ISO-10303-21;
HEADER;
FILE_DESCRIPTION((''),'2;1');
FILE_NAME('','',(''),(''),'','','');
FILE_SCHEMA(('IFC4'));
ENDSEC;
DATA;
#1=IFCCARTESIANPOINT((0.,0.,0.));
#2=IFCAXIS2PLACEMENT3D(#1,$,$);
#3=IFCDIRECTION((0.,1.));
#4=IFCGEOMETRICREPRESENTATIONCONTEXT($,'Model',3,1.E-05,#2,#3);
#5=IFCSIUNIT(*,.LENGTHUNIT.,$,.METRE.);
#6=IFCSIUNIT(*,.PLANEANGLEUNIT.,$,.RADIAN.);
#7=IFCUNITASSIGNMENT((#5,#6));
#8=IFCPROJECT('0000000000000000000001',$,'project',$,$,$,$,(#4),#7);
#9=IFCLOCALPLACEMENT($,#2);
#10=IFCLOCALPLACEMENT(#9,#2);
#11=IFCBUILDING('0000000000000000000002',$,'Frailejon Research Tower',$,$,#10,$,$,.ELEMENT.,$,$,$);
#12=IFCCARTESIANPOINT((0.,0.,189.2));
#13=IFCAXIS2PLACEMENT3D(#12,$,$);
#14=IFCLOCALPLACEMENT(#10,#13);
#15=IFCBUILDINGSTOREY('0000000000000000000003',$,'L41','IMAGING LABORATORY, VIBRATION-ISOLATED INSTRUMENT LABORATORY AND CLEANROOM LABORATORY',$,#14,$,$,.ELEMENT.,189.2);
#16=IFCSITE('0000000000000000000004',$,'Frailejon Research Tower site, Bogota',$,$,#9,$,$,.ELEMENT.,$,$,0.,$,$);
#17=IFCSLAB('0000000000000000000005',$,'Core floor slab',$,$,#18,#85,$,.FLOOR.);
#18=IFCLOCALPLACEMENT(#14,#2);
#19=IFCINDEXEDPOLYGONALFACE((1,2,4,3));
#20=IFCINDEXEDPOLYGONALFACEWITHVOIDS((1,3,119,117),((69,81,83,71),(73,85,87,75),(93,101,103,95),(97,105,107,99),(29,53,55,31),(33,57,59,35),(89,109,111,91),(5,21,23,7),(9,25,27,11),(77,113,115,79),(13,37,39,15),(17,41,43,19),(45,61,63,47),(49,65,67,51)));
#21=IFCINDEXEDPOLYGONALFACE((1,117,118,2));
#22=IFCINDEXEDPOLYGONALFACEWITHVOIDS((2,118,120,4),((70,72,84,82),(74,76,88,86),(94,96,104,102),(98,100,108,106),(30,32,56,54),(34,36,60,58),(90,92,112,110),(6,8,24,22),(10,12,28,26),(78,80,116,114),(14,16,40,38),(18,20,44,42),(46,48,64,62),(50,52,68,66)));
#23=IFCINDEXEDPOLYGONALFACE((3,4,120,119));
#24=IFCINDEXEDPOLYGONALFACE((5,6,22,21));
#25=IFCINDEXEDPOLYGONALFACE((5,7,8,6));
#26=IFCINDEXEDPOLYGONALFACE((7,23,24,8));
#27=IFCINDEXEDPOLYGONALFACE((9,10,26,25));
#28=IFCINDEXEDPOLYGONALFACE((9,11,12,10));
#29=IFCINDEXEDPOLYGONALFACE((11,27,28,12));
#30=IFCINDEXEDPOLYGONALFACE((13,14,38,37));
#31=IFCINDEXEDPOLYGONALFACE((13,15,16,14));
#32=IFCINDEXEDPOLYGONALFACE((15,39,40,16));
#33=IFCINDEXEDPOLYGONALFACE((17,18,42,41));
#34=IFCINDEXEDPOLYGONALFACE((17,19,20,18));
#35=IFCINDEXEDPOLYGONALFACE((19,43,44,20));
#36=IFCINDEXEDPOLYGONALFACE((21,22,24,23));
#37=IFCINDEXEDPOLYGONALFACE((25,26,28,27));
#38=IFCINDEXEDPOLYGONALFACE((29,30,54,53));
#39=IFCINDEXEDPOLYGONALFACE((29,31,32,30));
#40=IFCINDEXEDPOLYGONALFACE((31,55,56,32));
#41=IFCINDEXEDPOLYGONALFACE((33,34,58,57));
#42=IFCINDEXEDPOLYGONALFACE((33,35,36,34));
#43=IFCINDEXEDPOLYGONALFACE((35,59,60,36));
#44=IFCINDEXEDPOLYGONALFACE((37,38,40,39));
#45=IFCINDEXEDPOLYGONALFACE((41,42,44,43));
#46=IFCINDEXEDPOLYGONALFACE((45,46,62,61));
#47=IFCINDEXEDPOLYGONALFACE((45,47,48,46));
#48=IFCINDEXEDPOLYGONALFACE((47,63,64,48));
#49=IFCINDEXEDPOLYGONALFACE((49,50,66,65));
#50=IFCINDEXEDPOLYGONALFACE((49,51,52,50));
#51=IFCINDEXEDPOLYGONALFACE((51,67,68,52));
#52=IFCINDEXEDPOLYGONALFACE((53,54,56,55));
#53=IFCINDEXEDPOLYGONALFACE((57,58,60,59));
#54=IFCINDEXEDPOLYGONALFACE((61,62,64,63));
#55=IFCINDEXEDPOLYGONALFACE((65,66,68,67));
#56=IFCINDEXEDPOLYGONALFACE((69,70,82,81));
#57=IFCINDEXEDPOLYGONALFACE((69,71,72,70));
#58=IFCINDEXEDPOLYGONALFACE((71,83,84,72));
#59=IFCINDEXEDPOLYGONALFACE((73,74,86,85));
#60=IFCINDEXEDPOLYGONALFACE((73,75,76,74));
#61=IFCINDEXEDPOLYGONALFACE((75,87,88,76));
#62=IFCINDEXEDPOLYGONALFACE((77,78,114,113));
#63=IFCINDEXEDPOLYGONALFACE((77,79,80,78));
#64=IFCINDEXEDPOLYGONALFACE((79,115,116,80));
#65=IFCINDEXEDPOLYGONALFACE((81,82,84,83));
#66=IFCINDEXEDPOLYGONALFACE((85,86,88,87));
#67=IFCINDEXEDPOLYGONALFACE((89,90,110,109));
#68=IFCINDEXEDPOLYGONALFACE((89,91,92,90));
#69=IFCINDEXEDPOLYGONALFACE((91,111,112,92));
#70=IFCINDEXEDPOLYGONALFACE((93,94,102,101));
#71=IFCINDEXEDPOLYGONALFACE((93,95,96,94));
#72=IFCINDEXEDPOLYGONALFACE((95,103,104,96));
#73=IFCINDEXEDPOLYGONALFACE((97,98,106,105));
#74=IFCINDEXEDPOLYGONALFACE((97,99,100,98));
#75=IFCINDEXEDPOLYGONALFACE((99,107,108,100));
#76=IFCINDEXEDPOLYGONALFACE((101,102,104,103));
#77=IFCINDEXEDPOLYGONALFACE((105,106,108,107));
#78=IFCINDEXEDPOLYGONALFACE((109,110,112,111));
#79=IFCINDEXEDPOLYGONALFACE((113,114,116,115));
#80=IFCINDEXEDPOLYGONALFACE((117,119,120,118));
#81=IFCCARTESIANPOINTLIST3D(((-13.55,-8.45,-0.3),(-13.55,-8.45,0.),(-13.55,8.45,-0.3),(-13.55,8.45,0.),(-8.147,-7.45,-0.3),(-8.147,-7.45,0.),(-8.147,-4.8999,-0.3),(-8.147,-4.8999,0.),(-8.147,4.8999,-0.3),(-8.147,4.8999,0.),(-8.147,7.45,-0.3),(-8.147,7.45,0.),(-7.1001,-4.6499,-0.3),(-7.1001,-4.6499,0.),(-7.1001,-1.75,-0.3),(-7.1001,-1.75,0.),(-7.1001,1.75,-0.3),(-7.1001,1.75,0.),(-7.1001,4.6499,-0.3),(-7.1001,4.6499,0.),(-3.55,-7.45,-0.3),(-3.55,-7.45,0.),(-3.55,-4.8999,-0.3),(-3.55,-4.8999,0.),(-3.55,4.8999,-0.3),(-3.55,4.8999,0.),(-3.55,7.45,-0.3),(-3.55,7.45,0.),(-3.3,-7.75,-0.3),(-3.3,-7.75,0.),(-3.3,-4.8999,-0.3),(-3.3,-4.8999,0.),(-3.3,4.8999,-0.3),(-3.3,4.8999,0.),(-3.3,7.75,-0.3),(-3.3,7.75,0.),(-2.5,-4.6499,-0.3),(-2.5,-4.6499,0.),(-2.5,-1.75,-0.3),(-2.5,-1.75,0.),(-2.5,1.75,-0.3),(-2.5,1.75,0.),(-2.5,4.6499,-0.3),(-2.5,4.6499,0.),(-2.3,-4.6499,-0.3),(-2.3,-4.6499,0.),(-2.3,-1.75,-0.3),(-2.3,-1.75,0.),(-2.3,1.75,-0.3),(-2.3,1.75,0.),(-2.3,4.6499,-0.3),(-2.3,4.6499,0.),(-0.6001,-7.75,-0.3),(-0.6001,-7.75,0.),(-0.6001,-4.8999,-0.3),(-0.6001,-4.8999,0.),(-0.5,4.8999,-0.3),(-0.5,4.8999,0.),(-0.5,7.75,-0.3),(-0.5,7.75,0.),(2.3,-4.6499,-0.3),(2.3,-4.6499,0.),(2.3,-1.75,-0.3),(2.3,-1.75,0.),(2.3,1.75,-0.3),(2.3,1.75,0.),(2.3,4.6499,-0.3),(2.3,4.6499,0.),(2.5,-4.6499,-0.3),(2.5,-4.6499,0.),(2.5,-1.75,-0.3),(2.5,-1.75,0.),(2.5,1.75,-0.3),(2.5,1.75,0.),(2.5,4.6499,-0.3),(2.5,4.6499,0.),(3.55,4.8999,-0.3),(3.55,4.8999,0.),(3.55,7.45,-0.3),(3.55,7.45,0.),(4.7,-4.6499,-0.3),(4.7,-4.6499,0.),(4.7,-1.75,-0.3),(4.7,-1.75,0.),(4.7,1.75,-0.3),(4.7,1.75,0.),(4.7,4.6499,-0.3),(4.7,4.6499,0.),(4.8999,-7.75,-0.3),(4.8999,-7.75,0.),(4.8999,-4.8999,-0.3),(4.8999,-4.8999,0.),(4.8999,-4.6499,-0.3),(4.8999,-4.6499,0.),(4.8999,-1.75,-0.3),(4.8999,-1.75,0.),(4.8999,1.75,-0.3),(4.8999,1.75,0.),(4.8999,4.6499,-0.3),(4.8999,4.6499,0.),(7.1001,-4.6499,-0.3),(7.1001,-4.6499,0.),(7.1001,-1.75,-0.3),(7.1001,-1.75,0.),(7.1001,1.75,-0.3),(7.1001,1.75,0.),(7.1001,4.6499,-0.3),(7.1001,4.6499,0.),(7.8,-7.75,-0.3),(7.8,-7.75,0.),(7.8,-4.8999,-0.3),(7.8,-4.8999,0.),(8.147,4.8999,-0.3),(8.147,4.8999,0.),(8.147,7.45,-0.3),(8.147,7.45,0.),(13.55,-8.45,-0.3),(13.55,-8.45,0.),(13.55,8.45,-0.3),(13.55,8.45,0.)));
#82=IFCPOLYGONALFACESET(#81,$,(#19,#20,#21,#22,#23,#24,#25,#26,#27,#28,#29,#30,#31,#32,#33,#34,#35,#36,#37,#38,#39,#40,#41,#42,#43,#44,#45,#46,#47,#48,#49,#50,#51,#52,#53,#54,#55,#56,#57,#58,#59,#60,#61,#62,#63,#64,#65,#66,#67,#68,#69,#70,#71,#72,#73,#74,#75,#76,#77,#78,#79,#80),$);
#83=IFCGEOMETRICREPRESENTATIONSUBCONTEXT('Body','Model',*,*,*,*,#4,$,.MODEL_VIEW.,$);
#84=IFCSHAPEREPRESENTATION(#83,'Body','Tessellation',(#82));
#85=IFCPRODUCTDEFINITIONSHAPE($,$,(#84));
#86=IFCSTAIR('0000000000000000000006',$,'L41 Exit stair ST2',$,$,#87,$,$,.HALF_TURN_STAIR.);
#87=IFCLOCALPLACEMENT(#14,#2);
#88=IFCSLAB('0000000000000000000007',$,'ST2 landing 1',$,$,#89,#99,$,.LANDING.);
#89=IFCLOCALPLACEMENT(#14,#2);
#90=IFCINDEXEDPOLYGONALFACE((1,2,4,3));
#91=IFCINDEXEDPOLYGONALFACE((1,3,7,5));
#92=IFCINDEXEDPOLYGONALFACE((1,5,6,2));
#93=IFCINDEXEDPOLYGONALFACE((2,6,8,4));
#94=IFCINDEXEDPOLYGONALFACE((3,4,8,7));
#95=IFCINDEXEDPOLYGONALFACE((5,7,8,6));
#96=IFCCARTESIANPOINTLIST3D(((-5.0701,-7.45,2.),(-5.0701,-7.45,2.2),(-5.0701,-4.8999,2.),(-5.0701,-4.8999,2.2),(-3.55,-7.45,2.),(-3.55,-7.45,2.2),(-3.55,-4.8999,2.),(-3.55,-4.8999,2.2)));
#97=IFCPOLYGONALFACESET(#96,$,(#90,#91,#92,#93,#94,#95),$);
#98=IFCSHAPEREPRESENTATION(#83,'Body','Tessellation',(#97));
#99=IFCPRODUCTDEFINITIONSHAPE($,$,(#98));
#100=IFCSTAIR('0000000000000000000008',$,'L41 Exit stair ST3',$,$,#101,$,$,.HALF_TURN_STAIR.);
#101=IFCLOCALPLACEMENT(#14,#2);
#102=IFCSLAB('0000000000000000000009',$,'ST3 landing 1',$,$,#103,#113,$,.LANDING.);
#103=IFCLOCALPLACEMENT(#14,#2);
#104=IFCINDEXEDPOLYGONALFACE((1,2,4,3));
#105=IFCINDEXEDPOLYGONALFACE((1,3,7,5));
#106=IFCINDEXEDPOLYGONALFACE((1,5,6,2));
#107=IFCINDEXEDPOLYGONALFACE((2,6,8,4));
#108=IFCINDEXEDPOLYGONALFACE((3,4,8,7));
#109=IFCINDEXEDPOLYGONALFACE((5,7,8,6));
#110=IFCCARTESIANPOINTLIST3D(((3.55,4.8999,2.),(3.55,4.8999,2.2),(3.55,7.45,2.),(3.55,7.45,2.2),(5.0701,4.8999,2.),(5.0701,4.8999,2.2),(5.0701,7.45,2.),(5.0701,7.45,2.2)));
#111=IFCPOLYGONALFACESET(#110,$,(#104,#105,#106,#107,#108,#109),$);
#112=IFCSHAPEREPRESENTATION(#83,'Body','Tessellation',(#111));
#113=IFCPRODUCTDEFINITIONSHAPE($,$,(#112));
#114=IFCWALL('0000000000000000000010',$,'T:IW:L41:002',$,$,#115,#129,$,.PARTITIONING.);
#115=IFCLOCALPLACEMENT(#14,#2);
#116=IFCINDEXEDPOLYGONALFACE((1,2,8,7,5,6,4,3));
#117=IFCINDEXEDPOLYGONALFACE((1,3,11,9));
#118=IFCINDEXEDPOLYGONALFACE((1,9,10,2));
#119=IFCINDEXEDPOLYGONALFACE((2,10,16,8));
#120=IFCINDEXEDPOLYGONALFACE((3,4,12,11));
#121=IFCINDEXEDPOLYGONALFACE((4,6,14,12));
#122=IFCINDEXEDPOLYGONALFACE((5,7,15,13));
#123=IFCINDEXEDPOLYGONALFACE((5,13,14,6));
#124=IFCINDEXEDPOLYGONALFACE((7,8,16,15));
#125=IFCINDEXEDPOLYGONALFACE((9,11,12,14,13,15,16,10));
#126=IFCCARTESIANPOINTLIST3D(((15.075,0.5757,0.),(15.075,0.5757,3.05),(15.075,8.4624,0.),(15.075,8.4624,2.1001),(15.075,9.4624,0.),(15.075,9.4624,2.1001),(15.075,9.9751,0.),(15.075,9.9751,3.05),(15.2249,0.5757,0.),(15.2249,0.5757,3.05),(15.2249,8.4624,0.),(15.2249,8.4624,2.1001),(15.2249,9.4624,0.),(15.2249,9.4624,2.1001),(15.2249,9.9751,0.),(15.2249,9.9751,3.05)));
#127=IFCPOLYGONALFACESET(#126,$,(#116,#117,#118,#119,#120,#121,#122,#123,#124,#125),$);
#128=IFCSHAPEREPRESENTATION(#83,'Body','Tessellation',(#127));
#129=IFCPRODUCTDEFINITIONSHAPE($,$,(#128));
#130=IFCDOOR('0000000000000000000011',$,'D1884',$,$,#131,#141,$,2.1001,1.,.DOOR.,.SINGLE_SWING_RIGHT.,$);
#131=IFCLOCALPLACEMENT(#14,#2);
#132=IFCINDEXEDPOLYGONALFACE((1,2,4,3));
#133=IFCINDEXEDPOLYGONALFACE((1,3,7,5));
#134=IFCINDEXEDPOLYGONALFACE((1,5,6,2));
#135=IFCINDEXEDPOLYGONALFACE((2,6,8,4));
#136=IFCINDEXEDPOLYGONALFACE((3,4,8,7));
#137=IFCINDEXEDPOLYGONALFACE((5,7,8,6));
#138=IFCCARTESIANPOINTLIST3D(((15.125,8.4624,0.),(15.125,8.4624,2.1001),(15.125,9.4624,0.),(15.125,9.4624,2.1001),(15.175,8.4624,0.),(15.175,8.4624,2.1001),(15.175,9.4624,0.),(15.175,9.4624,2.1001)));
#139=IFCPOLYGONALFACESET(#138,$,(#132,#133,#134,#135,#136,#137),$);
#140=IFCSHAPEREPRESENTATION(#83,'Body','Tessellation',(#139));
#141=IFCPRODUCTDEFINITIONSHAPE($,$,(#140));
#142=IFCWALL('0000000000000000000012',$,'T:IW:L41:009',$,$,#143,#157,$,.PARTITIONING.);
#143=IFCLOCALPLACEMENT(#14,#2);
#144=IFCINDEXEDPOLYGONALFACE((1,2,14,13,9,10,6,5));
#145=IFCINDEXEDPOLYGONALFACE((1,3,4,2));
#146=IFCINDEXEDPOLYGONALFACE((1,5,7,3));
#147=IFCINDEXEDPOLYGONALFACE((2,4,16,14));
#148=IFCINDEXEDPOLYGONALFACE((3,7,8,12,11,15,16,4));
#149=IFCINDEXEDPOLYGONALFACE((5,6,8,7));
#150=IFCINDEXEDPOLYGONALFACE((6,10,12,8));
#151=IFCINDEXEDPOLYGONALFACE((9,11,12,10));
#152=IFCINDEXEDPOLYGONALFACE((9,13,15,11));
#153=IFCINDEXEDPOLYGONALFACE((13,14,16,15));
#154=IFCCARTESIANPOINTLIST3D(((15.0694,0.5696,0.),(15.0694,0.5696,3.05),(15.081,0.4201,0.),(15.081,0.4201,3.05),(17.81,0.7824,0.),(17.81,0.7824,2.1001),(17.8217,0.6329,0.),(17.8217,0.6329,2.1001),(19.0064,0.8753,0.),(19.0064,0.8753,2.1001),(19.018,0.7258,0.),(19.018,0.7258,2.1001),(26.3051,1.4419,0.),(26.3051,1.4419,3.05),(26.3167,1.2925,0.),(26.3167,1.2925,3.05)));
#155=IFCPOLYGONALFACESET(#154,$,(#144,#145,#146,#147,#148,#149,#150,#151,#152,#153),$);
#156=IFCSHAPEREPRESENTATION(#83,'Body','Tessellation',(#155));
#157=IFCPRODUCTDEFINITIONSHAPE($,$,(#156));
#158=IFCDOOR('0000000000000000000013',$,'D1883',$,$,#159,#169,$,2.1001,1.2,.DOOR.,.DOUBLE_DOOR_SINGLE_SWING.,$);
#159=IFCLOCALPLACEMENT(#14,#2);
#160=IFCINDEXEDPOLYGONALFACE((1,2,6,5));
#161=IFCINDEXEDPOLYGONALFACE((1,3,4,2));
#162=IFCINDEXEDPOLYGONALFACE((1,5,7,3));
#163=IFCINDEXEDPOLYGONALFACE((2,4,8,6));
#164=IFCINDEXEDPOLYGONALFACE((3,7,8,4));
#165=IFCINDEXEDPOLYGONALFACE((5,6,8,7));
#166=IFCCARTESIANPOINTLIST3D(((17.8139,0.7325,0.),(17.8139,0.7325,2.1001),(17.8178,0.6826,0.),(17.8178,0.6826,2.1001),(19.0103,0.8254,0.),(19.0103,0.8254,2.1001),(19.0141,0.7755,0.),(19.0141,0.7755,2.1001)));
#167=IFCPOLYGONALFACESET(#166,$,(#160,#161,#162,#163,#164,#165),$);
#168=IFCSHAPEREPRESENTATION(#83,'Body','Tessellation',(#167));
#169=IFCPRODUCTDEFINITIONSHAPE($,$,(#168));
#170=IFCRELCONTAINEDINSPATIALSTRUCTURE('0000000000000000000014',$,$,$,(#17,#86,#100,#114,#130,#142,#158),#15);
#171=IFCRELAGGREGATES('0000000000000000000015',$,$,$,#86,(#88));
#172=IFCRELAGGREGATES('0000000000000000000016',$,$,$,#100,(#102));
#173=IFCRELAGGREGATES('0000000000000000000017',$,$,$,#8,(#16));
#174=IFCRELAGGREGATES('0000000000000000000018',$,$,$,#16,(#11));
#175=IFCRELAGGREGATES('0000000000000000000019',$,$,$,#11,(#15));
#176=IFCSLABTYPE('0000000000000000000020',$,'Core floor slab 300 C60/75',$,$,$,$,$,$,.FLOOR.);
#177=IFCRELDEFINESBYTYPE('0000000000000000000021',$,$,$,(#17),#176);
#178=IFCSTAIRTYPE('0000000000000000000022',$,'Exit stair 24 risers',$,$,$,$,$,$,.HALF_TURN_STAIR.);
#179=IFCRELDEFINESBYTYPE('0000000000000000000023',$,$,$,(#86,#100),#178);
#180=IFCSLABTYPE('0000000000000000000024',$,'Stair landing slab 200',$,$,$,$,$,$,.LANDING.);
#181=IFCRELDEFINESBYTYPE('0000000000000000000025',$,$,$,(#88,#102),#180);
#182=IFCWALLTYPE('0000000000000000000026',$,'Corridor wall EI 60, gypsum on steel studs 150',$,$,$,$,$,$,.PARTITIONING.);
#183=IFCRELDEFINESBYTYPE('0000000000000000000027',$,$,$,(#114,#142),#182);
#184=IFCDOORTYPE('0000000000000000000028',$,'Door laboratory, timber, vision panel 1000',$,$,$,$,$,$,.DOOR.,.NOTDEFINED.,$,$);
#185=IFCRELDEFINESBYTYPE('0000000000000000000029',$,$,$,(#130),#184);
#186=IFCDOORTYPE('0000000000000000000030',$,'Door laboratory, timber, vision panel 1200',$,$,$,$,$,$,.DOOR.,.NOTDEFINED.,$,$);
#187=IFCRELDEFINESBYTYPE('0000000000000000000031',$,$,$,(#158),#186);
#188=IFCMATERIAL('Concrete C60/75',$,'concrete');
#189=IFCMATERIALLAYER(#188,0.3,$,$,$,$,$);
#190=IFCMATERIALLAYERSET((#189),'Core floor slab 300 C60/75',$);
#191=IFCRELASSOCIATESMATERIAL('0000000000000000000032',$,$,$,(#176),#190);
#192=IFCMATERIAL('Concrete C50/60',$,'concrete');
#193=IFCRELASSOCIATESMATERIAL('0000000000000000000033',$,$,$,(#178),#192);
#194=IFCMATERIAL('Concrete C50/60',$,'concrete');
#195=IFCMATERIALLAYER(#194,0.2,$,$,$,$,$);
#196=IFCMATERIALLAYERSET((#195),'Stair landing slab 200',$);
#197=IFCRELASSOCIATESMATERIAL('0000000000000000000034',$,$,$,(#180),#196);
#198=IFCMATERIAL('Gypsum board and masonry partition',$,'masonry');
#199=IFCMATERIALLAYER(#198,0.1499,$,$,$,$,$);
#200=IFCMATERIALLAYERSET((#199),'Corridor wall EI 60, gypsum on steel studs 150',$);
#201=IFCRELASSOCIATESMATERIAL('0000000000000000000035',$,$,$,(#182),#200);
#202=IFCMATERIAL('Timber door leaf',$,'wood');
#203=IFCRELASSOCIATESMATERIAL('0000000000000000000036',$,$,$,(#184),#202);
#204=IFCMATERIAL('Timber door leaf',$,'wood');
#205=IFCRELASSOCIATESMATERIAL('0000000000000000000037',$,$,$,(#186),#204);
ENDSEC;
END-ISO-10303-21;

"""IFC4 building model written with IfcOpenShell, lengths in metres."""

from ifc_helpers import new_model, si_unit, direction, frame, frame_2d, origin, place, context, subcontext, project, spatial, polyline, rectangle, outline, extrude, material, layer, layer_set, type_object, element, fill, aggregate, save


model = new_model("IFC4")

# Units and contexts
model_context = context("Model", 3, precision=1e-05, world=origin(), true_north=direction((0.0, 1.0)))
body_context = subcontext(model_context, "Body", "Model", "MODEL_VIEW")
ifc_project = project(units=[si_unit("LENGTHUNIT", "METRE"), si_unit("PLANEANGLEUNIT", "RADIAN")], contexts=[model_context])

# Site, building, storey
site_placement = place(None, origin())
site = spatial("IfcSite", under=ifc_project, at=site_placement, Name="Frailejon Research Tower site, Bogota", CompositionType="ELEMENT", RefElevation=0.0)
building_placement = place(site_placement, origin())
building = spatial("IfcBuilding", under=site, at=building_placement, Name="Frailejon Research Tower", CompositionType="ELEMENT")
storey_placement = place(building_placement, frame((0.0, 0.0, 189.2)))
storey = spatial("IfcBuildingStorey", under=building, at=storey_placement, Name="L41", Description="IMAGING LABORATORY, VIBRATION-ISOLATED INSTRUMENT LABORATORY AND CLEANROOM LABORATORY", CompositionType="ELEMENT", Elevation=189.2)

# Slab
ifc_material_1 = material(Name="Concrete C60/75", Category="concrete")
ifc_layer_1 = layer(ifc_material_1, 0.3)
ifc_layer_set_1 = layer_set([ifc_layer_1], Name="Core floor slab 300 C60/75")
slab_type_1 = type_object("IfcSlabType", Name="Core floor slab 300 C60/75", PredefinedType="FLOOR", material=ifc_layer_set_1)
slab_1_placement = place(storey_placement, frame((0.0, 0.0, -0.3)))
element("IfcSlab", 1, at=slab_1_placement, inside=storey, type_object=slab_type_1, Name="Core floor slab", PredefinedType="FLOOR", context=body_context, shape_type="SweptSolid", body=[
    extrude(outline(polyline([(13.55, -8.45), (13.55, 8.45), (-13.55, 8.45), (-13.55, -8.45), (13.55, -8.45)]), holes=[polyline([(-2.5, 1.75), (-2.5, 4.6499), (-7.1001, 4.6499), (-7.1001, 1.75), (-2.5, 1.75)]), polyline([(2.3, 1.75), (2.3, 4.6499), (-2.3, 4.6499), (-2.3, 1.75), (2.3, 1.75)]), polyline([(4.7, 1.75), (4.7, 4.6499), (2.5, 4.6499), (2.5, 1.75), (4.7, 1.75)]), polyline([(7.1001, 1.75), (7.1001, 4.6499), (4.8999, 4.6499), (4.8999, 1.75), (7.1001, 1.75)]), polyline([(-2.5, -4.6499), (-2.5, -1.75), (-7.1001, -1.75), (-7.1001, -4.6499), (-2.5, -4.6499)]), polyline([(2.3, -4.6499), (2.3, -1.75), (-2.3, -1.75), (-2.3, -4.6499), (2.3, -4.6499)]), polyline([(4.7, -4.6499), (4.7, -1.75), (2.5, -1.75), (2.5, -4.6499), (4.7, -4.6499)]), polyline([(7.1001, -4.6499), (7.1001, -1.75), (4.8999, -1.75), (4.8999, -4.6499), (7.1001, -4.6499)]), polyline([(-8.147, 4.8999), (-3.55, 4.8999), (-3.55, 7.45), (-8.147, 7.45), (-8.147, 4.8999)]), polyline([(-8.147, -7.45), (-3.55, -7.45), (-3.55, -4.8999), (-8.147, -4.8999), (-8.147, -7.45)]), polyline([(8.147, 7.45), (3.55, 7.45), (3.55, 4.8999), (8.147, 4.8999), (8.147, 7.45)]), polyline([(-0.6001, -7.75), (-0.6001, -4.8999), (-3.3, -4.8999), (-3.3, -7.75), (-0.6001, -7.75)]), polyline([(7.8, -7.75), (7.8, -4.8999), (4.8999, -4.8999), (4.8999, -7.75), (7.8, -7.75)]), polyline([(-0.5, 4.8999), (-0.5, 7.75), (-3.3, 7.75), (-3.3, 4.8999), (-0.5, 4.8999)])]), origin(), (0.0, 0.0, 1.0), 0.3),
])

# Stairs, slabs
ifc_material_2 = material(Name="Concrete C50/60", Category="concrete")
stair_type = type_object("IfcStairType", Name="Exit stair 24 risers", PredefinedType="HALF_TURN_STAIR", material=ifc_material_2)
stair_1_placement = place(storey_placement, origin())
stair_1 = element("IfcStair", 2, at=stair_1_placement, inside=storey, type_object=stair_type, Name="L41 Exit stair ST2", PredefinedType="HALF_TURN_STAIR")
ifc_material_3 = material(Name="Concrete C50/60", Category="concrete")
ifc_layer_2 = layer(ifc_material_3, 0.2)
ifc_layer_set_2 = layer_set([ifc_layer_2], Name="Stair landing slab 200")
slab_type_2 = type_object("IfcSlabType", Name="Stair landing slab 200", PredefinedType="LANDING", material=ifc_layer_set_2)
slab_2_placement = place(storey_placement, frame((0.0, 0.0, 2.0)))
slab_2 = element("IfcSlab", 3, at=slab_2_placement, type_object=slab_type_2, Name="ST2 landing 1", PredefinedType="LANDING", context=body_context, shape_type="SweptSolid", body=[
    extrude(outline(polyline([(-5.0701, -7.45), (-3.55, -7.45), (-3.55, -4.8999), (-5.0701, -4.8999), (-5.0701, -7.45)])), origin(), (0.0, 0.0, 1.0), 0.2),
])
aggregate(stair_1, [slab_2])
stair_2_placement = place(storey_placement, origin())
stair_2 = element("IfcStair", 4, at=stair_2_placement, inside=storey, type_object=stair_type, Name="L41 Exit stair ST3", PredefinedType="HALF_TURN_STAIR")
slab_3_placement = place(storey_placement, frame((0.0, 0.0, 2.0)))
slab_3 = element("IfcSlab", 5, at=slab_3_placement, type_object=slab_type_2, Name="ST3 landing 1", PredefinedType="LANDING", context=body_context, shape_type="SweptSolid", body=[
    extrude(outline(polyline([(5.0701, 7.45), (3.55, 7.45), (3.55, 4.8999), (5.0701, 4.8999), (5.0701, 7.45)])), origin(), (0.0, 0.0, 1.0), 0.2),
])

# Walls, openings, doors
ifc_material_4 = material(Name="Gypsum board and masonry partition", Category="masonry")
ifc_layer_3 = layer(ifc_material_4, 0.1499)
ifc_layer_set_3 = layer_set([ifc_layer_3], Name="Corridor wall EI 60, gypsum on steel studs 150")
wall_type_1 = type_object("IfcWallType", Name="Corridor wall EI 60, gypsum on steel studs 150", PredefinedType="PARTITIONING", material=ifc_layer_set_3)
wall_1_placement = place(storey_placement, frame((15.1499, 0.5757, 0.0), z_axis=(0.0, 0.0, 1.0), x_axis=(0.0, 1.0, 0.0)))
wall_1 = element("IfcWall", 6, at=wall_1_placement, inside=storey, type_object=wall_type_1, Name="T:IW:L41:002", PredefinedType="PARTITIONING", context=body_context, shape_type="SweptSolid", body=[
    extrude(rectangle(XDim=9.3994, YDim=0.1499, at=frame_2d((4.6997, 0.0))), origin(), (0.0, 0.0, 1.0), 3.05),
])
opening_1_placement = place(wall_1_placement, frame((7.8867, 0.0, 0.0)))
opening_1 = element("IfcOpeningElement", 7, at=opening_1_placement, cuts=wall_1, PredefinedType="OPENING", context=body_context, shape_type="SweptSolid", body=[
    extrude(rectangle(XDim=1.0, YDim=2.1001, at=frame_2d((0.5, 1.05))), frame((0.0, 0.085, 0.0), z_axis=(0.0, -1.0, 0.0), x_axis=(1.0, 0.0, 0.0)), (0.0, 0.0, 1.0), 0.1699),
])
ifc_material_5 = material(Name="Timber door leaf", Category="wood")
door_type_1 = type_object("IfcDoorType", Name="Door laboratory, timber, vision panel 1000", OperationType="NOTDEFINED", PredefinedType="DOOR", material=ifc_material_5)
door_1_placement = place(opening_1_placement, origin())
door_1 = element("IfcDoor", 8, at=door_1_placement, inside=storey, type_object=door_type_1, Name="D1884", OperationType="SINGLE_SWING_RIGHT", OverallHeight=2.1001, OverallWidth=1.0, PredefinedType="DOOR", context=body_context, shape_type="SweptSolid", body=[
    extrude(rectangle(XDim=1.0, YDim=2.1001, at=frame_2d((0.5, 1.05))), frame((0.0, 0.0249, 0.0), z_axis=(0.0, -1.0, 0.0), x_axis=(1.0, 0.0, 0.0)), (0.0, 0.0, 1.0), 0.05),
])
fill(opening_1, door_1)
wall_2_placement = place(storey_placement, frame((15.0752, 0.4949, 0.0), z_axis=(0.0, 0.0, 1.0), x_axis=(0.997, 0.077404, 0.0)))
wall_2 = element("IfcWall", 9, at=wall_2_placement, inside=storey, type_object=wall_type_1, Name="T:IW:L41:009", PredefinedType="PARTITIONING", context=body_context, shape_type="SweptSolid", body=[
    extrude(rectangle(XDim=11.2695, YDim=0.1499, at=frame_2d((5.6348, 0.0))), origin(), (0.0, 0.0, 1.0), 3.05),
])
opening_2_placement = place(wall_2_placement, frame((2.7488, 0.0, 0.0)))
opening_2 = element("IfcOpeningElement", 10, at=opening_2_placement, cuts=wall_2, PredefinedType="OPENING", context=body_context, shape_type="SweptSolid", body=[
    extrude(rectangle(XDim=1.2, YDim=2.1001, at=frame_2d((0.6001, 1.05))), frame((0.0, 0.085, 0.0), z_axis=(0.0, -1.0, 0.0), x_axis=(1.0, 0.0, 0.0)), (0.0, 0.0, 1.0), 0.1699),
])
ifc_material_6 = material(Name="Timber door leaf", Category="wood")
door_type_2 = type_object("IfcDoorType", Name="Door laboratory, timber, vision panel 1200", OperationType="NOTDEFINED", PredefinedType="DOOR", material=ifc_material_6)
door_2_placement = place(opening_2_placement, origin())
door_2 = element("IfcDoor", 11, at=door_2_placement, inside=storey, type_object=door_type_2, Name="D1883", OperationType="DOUBLE_DOOR_SINGLE_SWING", OverallHeight=2.1001, OverallWidth=1.2, PredefinedType="DOOR", context=body_context, shape_type="SweptSolid", body=[
    extrude(rectangle(XDim=1.2, YDim=2.1001, at=frame_2d((0.6001, 1.05))), frame((0.0, 0.0249, 0.0), z_axis=(0.0, -1.0, 0.0), x_axis=(1.0, 0.0, 0.0)), (0.0, 0.0, 1.0), 0.05),
])
fill(opening_2, door_2)

aggregate(stair_2, [slab_3])

save(model, "model.ifc")
